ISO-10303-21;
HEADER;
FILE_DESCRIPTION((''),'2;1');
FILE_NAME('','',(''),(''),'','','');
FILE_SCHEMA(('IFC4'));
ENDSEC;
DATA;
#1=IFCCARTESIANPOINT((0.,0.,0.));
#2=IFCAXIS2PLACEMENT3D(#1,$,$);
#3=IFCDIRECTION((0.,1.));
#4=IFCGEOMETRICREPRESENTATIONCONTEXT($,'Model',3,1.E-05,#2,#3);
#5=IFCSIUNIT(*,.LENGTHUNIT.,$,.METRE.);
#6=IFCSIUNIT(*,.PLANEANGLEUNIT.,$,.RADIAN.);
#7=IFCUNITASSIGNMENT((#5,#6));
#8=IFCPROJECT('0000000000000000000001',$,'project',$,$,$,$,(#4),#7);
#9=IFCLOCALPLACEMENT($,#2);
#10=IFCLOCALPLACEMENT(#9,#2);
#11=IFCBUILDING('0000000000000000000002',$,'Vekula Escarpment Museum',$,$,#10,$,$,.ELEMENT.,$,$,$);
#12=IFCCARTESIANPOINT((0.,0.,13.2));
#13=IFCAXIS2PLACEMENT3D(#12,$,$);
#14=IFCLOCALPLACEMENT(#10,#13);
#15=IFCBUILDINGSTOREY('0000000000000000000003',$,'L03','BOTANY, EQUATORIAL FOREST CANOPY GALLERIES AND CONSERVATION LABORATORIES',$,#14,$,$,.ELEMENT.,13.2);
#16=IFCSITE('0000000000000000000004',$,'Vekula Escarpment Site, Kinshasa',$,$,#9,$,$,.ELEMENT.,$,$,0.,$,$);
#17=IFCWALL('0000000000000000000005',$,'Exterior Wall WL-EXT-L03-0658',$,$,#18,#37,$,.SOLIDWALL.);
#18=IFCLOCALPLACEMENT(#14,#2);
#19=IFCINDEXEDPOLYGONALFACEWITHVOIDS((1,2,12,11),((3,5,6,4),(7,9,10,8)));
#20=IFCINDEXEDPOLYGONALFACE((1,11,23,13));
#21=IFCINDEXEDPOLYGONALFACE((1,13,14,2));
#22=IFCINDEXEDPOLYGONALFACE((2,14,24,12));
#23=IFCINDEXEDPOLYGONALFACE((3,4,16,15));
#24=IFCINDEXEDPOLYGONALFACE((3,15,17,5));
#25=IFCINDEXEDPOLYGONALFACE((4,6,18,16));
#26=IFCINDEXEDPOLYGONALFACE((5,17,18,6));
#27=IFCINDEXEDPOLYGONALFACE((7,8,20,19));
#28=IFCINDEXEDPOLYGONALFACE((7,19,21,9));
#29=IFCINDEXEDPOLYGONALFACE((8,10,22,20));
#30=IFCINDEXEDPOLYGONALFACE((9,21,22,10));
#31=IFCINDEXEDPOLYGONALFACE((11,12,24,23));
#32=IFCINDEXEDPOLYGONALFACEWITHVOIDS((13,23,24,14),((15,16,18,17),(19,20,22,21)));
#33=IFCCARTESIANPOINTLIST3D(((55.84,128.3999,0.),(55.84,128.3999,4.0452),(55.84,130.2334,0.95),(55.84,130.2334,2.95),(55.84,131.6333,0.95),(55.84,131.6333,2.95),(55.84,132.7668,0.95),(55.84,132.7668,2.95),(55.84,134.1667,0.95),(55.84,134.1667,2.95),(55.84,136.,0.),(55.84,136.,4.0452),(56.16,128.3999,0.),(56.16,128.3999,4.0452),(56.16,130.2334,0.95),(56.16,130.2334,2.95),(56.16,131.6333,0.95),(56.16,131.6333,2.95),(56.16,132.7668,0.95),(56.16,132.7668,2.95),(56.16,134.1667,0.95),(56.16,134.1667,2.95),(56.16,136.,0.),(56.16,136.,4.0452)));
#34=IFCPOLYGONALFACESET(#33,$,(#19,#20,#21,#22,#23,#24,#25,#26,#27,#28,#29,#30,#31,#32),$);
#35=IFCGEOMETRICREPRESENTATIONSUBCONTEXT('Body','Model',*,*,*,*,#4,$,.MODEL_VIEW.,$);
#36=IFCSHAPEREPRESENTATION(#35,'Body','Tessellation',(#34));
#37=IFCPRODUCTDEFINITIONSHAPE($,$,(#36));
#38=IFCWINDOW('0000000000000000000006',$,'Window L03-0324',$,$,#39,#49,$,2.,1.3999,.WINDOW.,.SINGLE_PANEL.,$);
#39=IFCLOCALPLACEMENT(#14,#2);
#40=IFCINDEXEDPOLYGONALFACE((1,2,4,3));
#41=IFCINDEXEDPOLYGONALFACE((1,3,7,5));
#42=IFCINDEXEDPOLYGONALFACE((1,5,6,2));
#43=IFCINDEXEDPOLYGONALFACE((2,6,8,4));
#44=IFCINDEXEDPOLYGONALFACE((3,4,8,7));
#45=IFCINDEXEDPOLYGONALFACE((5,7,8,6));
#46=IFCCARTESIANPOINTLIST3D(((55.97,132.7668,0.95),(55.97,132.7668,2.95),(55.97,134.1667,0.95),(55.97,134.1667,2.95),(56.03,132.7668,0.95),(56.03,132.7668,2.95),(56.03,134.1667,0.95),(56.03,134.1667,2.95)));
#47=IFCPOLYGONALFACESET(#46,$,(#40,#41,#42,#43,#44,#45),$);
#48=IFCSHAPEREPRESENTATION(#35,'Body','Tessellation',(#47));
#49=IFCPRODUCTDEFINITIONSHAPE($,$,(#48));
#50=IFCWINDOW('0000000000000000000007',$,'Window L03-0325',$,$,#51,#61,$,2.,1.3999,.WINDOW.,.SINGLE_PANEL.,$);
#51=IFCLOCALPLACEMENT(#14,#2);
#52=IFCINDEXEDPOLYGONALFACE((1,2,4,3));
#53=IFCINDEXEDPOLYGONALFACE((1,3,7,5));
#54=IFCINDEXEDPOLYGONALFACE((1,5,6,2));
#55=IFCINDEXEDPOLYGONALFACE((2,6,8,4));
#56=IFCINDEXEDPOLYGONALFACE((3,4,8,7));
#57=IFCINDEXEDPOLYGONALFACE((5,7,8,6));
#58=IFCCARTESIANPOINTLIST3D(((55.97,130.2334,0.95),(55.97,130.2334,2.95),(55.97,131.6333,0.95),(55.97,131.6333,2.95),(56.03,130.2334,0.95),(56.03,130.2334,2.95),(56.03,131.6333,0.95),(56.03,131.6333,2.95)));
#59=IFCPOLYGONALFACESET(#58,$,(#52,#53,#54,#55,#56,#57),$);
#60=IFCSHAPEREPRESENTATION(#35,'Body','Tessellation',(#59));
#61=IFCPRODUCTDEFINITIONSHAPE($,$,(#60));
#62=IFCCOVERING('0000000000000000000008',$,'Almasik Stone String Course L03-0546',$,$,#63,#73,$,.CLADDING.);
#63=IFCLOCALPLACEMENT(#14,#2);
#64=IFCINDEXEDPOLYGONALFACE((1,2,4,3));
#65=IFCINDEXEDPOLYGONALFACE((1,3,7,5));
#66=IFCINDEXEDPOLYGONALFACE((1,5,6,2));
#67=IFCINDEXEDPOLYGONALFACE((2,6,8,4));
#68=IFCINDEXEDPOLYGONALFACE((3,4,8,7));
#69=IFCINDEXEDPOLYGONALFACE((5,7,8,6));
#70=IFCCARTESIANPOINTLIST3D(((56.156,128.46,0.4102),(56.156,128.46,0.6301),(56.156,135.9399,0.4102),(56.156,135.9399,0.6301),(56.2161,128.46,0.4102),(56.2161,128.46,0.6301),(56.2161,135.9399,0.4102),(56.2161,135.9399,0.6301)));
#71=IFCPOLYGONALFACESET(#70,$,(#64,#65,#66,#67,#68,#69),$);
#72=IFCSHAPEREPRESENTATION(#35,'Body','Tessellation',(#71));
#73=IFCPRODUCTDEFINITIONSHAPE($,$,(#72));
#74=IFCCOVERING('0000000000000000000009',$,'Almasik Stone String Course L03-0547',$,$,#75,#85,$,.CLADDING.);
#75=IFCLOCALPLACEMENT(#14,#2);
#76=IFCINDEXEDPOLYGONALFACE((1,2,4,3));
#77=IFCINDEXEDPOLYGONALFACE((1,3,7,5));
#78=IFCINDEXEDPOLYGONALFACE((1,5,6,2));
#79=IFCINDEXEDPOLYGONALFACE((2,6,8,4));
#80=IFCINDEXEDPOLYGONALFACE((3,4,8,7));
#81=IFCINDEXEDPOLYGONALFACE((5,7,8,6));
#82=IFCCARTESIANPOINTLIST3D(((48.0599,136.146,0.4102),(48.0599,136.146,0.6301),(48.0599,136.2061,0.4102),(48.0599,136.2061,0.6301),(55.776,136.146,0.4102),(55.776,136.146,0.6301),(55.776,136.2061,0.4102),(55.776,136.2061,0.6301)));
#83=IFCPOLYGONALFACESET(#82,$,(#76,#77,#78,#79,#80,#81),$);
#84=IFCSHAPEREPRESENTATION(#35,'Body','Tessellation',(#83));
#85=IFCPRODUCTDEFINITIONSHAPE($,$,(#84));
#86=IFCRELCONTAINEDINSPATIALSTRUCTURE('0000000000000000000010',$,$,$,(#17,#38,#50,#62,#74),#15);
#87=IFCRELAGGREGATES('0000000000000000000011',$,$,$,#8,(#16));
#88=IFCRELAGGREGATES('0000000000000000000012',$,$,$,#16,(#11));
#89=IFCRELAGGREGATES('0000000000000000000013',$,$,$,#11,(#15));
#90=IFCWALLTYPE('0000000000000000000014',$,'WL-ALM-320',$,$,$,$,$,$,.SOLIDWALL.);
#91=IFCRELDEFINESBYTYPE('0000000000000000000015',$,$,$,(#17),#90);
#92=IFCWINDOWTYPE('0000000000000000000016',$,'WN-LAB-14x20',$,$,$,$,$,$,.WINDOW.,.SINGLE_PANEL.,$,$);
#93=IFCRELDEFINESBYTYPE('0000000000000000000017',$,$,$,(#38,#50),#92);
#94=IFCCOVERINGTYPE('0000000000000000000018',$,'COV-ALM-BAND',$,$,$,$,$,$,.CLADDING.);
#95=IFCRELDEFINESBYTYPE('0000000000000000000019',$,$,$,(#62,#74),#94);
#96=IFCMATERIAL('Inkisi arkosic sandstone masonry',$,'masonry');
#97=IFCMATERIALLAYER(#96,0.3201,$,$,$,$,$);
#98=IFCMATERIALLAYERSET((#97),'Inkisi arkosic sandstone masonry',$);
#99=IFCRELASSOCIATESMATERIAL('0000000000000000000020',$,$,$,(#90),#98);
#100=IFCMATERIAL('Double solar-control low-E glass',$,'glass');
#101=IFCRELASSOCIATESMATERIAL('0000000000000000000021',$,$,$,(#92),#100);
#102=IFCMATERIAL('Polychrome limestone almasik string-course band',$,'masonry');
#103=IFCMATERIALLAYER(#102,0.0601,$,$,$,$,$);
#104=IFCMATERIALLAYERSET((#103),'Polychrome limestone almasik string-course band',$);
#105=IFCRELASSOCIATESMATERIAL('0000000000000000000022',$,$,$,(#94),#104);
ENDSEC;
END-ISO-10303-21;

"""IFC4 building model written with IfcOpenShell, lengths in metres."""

from ifc_helpers import new_model, si_unit, direction, frame, frame_2d, origin, origin_2d, place, context, subcontext, project, spatial, rectangle, extrude, material, layer, layer_set, type_object, element, fill, save


model = new_model("IFC4")

# Units and contexts
model_context = context("Model", 3, precision=1e-05, world=origin(), true_north=direction((0.0, 1.0)))
body_context = subcontext(model_context, "Body", "Model", "MODEL_VIEW")
ifc_project = project(units=[si_unit("LENGTHUNIT", "METRE"), si_unit("PLANEANGLEUNIT", "RADIAN")], contexts=[model_context])

# Site, building, storey
site_placement = place(None, origin())
site = spatial("IfcSite", under=ifc_project, at=site_placement, Name="Vekula Escarpment Site, Kinshasa", CompositionType="ELEMENT", RefElevation=0.0)
building_placement = place(site_placement, origin())
building = spatial("IfcBuilding", under=site, at=building_placement, Name="Vekula Escarpment Museum", CompositionType="ELEMENT")
storey_placement = place(building_placement, frame((0.0, 0.0, 13.2)))
storey = spatial("IfcBuildingStorey", under=building, at=storey_placement, Name="L03", Description="BOTANY, EQUATORIAL FOREST CANOPY GALLERIES AND CONSERVATION LABORATORIES", CompositionType="ELEMENT", Elevation=13.2)

# Wall, openings, windows
ifc_material_1 = material(Name="Inkisi arkosic sandstone masonry", Category="masonry")
ifc_layer_1 = layer(ifc_material_1, 0.3201)
ifc_layer_set_1 = layer_set([ifc_layer_1], Name="Inkisi arkosic sandstone masonry")
wall_type = type_object("IfcWallType", Name="WL-ALM-320", PredefinedType="SOLIDWALL", material=ifc_layer_set_1)
wall_placement = place(storey_placement, frame((56.0, 136.0, 0.0), z_axis=(0.0, 0.0, 1.0), x_axis=(0.0, -1.0, 0.0)))
wall = element("IfcWall", 1, at=wall_placement, inside=storey, type_object=wall_type, Name="Exterior Wall WL-EXT-L03-0658", PredefinedType="SOLIDWALL", context=body_context, shape_type="SweptSolid", body=[
    extrude(rectangle(XDim=7.6001, YDim=0.3201, at=frame_2d((3.8, 0.0))), origin(), (0.0, 0.0, 1.0), 4.0452),
])
opening_1_placement = place(wall_placement, frame((1.8333, 0.0, 0.95)))
opening_1 = element("IfcOpeningElement", 2, at=opening_1_placement, cuts=wall, PredefinedType="OPENING", context=body_context, shape_type="SweptSolid", body=[
    extrude(rectangle(XDim=1.3999, YDim=2.0, at=frame_2d((0.7, 1.0))), frame((0.0, 0.1699, 0.0), z_axis=(0.0, -1.0, 0.0), x_axis=(1.0, 0.0, 0.0)), (0.0, 0.0, 1.0), 0.3401),
])
opening_2_placement = place(wall_placement, frame((4.3667, 0.0, 0.95)))
opening_2 = element("IfcOpeningElement", 3, at=opening_2_placement, cuts=wall, PredefinedType="OPENING", context=body_context, shape_type="SweptSolid", body=[
    extrude(rectangle(XDim=1.3999, YDim=2.0, at=frame_2d((0.7, 1.0))), frame((0.0, 0.1699, 0.0), z_axis=(0.0, -1.0, 0.0), x_axis=(1.0, 0.0, 0.0)), (0.0, 0.0, 1.0), 0.3401),
])
ifc_material_2 = material(Name="Double solar-control low-E glass", Category="glass")
window_type = type_object("IfcWindowType", Name="WN-LAB-14x20", PartitioningType="SINGLE_PANEL", PredefinedType="WINDOW", material=ifc_material_2)
window_1_placement = place(opening_1_placement, origin())
window_1 = element("IfcWindow", 4, at=window_1_placement, inside=storey, type_object=window_type, Name="Window L03-0324", OverallHeight=2.0, OverallWidth=1.3999, PartitioningType="SINGLE_PANEL", PredefinedType="WINDOW", context=body_context, shape_type="SweptSolid", body=[
    extrude(rectangle(XDim=1.3999, YDim=2.0, at=frame_2d((0.7, 1.0))), frame((0.0, 0.03, 0.0), z_axis=(0.0, -1.0, 0.0), x_axis=(1.0, 0.0, 0.0)), (0.0, 0.0, 1.0), 0.0601),
])
fill(opening_1, window_1)
window_2_placement = place(opening_2_placement, origin())
window_2 = element("IfcWindow", 5, at=window_2_placement, inside=storey, type_object=window_type, Name="Window L03-0325", OverallHeight=2.0, OverallWidth=1.3999, PartitioningType="SINGLE_PANEL", PredefinedType="WINDOW", context=body_context, shape_type="SweptSolid", body=[
    extrude(rectangle(XDim=1.3999, YDim=2.0, at=frame_2d((0.7, 1.0))), frame((0.0, 0.03, 0.0), z_axis=(0.0, -1.0, 0.0), x_axis=(1.0, 0.0, 0.0)), (0.0, 0.0, 1.0), 0.0601),
])
fill(opening_2, window_2)

# Coverings
ifc_material_3 = material(Name="Polychrome limestone almasik string-course band", Category="masonry")
ifc_layer_2 = layer(ifc_material_3, 0.0601)
ifc_layer_set_2 = layer_set([ifc_layer_2], Name="Polychrome limestone almasik string-course band")
covering_type = type_object("IfcCoveringType", Name="COV-ALM-BAND", PredefinedType="CLADDING", material=ifc_layer_set_2)
covering_1_placement = place(storey_placement, frame((56.186, 132.2, 0.4102), z_axis=(0.0, 0.0, 1.0), x_axis=(0.0, 1.0, 0.0)))
element("IfcCovering", 6, at=covering_1_placement, inside=storey, type_object=covering_type, Name="Almasik Stone String Course L03-0546", PredefinedType="CLADDING", context=body_context, shape_type="SweptSolid", body=[
    extrude(rectangle(XDim=7.48, YDim=0.0601, at=origin_2d()), origin(), (0.0, 0.0, 1.0), 0.22),
])
covering_2_placement = place(storey_placement, frame((51.918, 136.176, 0.4102), z_axis=(0.0, 0.0, 1.0), x_axis=(1.0, 0.0, 0.0)))
element("IfcCovering", 7, at=covering_2_placement, inside=storey, type_object=covering_type, Name="Almasik Stone String Course L03-0547", PredefinedType="CLADDING", context=body_context, shape_type="SweptSolid", body=[
    extrude(rectangle(XDim=7.7161, YDim=0.0601, at=origin_2d()), origin(), (0.0, 0.0, 1.0), 0.22),
])

save(model, "model.ifc")
